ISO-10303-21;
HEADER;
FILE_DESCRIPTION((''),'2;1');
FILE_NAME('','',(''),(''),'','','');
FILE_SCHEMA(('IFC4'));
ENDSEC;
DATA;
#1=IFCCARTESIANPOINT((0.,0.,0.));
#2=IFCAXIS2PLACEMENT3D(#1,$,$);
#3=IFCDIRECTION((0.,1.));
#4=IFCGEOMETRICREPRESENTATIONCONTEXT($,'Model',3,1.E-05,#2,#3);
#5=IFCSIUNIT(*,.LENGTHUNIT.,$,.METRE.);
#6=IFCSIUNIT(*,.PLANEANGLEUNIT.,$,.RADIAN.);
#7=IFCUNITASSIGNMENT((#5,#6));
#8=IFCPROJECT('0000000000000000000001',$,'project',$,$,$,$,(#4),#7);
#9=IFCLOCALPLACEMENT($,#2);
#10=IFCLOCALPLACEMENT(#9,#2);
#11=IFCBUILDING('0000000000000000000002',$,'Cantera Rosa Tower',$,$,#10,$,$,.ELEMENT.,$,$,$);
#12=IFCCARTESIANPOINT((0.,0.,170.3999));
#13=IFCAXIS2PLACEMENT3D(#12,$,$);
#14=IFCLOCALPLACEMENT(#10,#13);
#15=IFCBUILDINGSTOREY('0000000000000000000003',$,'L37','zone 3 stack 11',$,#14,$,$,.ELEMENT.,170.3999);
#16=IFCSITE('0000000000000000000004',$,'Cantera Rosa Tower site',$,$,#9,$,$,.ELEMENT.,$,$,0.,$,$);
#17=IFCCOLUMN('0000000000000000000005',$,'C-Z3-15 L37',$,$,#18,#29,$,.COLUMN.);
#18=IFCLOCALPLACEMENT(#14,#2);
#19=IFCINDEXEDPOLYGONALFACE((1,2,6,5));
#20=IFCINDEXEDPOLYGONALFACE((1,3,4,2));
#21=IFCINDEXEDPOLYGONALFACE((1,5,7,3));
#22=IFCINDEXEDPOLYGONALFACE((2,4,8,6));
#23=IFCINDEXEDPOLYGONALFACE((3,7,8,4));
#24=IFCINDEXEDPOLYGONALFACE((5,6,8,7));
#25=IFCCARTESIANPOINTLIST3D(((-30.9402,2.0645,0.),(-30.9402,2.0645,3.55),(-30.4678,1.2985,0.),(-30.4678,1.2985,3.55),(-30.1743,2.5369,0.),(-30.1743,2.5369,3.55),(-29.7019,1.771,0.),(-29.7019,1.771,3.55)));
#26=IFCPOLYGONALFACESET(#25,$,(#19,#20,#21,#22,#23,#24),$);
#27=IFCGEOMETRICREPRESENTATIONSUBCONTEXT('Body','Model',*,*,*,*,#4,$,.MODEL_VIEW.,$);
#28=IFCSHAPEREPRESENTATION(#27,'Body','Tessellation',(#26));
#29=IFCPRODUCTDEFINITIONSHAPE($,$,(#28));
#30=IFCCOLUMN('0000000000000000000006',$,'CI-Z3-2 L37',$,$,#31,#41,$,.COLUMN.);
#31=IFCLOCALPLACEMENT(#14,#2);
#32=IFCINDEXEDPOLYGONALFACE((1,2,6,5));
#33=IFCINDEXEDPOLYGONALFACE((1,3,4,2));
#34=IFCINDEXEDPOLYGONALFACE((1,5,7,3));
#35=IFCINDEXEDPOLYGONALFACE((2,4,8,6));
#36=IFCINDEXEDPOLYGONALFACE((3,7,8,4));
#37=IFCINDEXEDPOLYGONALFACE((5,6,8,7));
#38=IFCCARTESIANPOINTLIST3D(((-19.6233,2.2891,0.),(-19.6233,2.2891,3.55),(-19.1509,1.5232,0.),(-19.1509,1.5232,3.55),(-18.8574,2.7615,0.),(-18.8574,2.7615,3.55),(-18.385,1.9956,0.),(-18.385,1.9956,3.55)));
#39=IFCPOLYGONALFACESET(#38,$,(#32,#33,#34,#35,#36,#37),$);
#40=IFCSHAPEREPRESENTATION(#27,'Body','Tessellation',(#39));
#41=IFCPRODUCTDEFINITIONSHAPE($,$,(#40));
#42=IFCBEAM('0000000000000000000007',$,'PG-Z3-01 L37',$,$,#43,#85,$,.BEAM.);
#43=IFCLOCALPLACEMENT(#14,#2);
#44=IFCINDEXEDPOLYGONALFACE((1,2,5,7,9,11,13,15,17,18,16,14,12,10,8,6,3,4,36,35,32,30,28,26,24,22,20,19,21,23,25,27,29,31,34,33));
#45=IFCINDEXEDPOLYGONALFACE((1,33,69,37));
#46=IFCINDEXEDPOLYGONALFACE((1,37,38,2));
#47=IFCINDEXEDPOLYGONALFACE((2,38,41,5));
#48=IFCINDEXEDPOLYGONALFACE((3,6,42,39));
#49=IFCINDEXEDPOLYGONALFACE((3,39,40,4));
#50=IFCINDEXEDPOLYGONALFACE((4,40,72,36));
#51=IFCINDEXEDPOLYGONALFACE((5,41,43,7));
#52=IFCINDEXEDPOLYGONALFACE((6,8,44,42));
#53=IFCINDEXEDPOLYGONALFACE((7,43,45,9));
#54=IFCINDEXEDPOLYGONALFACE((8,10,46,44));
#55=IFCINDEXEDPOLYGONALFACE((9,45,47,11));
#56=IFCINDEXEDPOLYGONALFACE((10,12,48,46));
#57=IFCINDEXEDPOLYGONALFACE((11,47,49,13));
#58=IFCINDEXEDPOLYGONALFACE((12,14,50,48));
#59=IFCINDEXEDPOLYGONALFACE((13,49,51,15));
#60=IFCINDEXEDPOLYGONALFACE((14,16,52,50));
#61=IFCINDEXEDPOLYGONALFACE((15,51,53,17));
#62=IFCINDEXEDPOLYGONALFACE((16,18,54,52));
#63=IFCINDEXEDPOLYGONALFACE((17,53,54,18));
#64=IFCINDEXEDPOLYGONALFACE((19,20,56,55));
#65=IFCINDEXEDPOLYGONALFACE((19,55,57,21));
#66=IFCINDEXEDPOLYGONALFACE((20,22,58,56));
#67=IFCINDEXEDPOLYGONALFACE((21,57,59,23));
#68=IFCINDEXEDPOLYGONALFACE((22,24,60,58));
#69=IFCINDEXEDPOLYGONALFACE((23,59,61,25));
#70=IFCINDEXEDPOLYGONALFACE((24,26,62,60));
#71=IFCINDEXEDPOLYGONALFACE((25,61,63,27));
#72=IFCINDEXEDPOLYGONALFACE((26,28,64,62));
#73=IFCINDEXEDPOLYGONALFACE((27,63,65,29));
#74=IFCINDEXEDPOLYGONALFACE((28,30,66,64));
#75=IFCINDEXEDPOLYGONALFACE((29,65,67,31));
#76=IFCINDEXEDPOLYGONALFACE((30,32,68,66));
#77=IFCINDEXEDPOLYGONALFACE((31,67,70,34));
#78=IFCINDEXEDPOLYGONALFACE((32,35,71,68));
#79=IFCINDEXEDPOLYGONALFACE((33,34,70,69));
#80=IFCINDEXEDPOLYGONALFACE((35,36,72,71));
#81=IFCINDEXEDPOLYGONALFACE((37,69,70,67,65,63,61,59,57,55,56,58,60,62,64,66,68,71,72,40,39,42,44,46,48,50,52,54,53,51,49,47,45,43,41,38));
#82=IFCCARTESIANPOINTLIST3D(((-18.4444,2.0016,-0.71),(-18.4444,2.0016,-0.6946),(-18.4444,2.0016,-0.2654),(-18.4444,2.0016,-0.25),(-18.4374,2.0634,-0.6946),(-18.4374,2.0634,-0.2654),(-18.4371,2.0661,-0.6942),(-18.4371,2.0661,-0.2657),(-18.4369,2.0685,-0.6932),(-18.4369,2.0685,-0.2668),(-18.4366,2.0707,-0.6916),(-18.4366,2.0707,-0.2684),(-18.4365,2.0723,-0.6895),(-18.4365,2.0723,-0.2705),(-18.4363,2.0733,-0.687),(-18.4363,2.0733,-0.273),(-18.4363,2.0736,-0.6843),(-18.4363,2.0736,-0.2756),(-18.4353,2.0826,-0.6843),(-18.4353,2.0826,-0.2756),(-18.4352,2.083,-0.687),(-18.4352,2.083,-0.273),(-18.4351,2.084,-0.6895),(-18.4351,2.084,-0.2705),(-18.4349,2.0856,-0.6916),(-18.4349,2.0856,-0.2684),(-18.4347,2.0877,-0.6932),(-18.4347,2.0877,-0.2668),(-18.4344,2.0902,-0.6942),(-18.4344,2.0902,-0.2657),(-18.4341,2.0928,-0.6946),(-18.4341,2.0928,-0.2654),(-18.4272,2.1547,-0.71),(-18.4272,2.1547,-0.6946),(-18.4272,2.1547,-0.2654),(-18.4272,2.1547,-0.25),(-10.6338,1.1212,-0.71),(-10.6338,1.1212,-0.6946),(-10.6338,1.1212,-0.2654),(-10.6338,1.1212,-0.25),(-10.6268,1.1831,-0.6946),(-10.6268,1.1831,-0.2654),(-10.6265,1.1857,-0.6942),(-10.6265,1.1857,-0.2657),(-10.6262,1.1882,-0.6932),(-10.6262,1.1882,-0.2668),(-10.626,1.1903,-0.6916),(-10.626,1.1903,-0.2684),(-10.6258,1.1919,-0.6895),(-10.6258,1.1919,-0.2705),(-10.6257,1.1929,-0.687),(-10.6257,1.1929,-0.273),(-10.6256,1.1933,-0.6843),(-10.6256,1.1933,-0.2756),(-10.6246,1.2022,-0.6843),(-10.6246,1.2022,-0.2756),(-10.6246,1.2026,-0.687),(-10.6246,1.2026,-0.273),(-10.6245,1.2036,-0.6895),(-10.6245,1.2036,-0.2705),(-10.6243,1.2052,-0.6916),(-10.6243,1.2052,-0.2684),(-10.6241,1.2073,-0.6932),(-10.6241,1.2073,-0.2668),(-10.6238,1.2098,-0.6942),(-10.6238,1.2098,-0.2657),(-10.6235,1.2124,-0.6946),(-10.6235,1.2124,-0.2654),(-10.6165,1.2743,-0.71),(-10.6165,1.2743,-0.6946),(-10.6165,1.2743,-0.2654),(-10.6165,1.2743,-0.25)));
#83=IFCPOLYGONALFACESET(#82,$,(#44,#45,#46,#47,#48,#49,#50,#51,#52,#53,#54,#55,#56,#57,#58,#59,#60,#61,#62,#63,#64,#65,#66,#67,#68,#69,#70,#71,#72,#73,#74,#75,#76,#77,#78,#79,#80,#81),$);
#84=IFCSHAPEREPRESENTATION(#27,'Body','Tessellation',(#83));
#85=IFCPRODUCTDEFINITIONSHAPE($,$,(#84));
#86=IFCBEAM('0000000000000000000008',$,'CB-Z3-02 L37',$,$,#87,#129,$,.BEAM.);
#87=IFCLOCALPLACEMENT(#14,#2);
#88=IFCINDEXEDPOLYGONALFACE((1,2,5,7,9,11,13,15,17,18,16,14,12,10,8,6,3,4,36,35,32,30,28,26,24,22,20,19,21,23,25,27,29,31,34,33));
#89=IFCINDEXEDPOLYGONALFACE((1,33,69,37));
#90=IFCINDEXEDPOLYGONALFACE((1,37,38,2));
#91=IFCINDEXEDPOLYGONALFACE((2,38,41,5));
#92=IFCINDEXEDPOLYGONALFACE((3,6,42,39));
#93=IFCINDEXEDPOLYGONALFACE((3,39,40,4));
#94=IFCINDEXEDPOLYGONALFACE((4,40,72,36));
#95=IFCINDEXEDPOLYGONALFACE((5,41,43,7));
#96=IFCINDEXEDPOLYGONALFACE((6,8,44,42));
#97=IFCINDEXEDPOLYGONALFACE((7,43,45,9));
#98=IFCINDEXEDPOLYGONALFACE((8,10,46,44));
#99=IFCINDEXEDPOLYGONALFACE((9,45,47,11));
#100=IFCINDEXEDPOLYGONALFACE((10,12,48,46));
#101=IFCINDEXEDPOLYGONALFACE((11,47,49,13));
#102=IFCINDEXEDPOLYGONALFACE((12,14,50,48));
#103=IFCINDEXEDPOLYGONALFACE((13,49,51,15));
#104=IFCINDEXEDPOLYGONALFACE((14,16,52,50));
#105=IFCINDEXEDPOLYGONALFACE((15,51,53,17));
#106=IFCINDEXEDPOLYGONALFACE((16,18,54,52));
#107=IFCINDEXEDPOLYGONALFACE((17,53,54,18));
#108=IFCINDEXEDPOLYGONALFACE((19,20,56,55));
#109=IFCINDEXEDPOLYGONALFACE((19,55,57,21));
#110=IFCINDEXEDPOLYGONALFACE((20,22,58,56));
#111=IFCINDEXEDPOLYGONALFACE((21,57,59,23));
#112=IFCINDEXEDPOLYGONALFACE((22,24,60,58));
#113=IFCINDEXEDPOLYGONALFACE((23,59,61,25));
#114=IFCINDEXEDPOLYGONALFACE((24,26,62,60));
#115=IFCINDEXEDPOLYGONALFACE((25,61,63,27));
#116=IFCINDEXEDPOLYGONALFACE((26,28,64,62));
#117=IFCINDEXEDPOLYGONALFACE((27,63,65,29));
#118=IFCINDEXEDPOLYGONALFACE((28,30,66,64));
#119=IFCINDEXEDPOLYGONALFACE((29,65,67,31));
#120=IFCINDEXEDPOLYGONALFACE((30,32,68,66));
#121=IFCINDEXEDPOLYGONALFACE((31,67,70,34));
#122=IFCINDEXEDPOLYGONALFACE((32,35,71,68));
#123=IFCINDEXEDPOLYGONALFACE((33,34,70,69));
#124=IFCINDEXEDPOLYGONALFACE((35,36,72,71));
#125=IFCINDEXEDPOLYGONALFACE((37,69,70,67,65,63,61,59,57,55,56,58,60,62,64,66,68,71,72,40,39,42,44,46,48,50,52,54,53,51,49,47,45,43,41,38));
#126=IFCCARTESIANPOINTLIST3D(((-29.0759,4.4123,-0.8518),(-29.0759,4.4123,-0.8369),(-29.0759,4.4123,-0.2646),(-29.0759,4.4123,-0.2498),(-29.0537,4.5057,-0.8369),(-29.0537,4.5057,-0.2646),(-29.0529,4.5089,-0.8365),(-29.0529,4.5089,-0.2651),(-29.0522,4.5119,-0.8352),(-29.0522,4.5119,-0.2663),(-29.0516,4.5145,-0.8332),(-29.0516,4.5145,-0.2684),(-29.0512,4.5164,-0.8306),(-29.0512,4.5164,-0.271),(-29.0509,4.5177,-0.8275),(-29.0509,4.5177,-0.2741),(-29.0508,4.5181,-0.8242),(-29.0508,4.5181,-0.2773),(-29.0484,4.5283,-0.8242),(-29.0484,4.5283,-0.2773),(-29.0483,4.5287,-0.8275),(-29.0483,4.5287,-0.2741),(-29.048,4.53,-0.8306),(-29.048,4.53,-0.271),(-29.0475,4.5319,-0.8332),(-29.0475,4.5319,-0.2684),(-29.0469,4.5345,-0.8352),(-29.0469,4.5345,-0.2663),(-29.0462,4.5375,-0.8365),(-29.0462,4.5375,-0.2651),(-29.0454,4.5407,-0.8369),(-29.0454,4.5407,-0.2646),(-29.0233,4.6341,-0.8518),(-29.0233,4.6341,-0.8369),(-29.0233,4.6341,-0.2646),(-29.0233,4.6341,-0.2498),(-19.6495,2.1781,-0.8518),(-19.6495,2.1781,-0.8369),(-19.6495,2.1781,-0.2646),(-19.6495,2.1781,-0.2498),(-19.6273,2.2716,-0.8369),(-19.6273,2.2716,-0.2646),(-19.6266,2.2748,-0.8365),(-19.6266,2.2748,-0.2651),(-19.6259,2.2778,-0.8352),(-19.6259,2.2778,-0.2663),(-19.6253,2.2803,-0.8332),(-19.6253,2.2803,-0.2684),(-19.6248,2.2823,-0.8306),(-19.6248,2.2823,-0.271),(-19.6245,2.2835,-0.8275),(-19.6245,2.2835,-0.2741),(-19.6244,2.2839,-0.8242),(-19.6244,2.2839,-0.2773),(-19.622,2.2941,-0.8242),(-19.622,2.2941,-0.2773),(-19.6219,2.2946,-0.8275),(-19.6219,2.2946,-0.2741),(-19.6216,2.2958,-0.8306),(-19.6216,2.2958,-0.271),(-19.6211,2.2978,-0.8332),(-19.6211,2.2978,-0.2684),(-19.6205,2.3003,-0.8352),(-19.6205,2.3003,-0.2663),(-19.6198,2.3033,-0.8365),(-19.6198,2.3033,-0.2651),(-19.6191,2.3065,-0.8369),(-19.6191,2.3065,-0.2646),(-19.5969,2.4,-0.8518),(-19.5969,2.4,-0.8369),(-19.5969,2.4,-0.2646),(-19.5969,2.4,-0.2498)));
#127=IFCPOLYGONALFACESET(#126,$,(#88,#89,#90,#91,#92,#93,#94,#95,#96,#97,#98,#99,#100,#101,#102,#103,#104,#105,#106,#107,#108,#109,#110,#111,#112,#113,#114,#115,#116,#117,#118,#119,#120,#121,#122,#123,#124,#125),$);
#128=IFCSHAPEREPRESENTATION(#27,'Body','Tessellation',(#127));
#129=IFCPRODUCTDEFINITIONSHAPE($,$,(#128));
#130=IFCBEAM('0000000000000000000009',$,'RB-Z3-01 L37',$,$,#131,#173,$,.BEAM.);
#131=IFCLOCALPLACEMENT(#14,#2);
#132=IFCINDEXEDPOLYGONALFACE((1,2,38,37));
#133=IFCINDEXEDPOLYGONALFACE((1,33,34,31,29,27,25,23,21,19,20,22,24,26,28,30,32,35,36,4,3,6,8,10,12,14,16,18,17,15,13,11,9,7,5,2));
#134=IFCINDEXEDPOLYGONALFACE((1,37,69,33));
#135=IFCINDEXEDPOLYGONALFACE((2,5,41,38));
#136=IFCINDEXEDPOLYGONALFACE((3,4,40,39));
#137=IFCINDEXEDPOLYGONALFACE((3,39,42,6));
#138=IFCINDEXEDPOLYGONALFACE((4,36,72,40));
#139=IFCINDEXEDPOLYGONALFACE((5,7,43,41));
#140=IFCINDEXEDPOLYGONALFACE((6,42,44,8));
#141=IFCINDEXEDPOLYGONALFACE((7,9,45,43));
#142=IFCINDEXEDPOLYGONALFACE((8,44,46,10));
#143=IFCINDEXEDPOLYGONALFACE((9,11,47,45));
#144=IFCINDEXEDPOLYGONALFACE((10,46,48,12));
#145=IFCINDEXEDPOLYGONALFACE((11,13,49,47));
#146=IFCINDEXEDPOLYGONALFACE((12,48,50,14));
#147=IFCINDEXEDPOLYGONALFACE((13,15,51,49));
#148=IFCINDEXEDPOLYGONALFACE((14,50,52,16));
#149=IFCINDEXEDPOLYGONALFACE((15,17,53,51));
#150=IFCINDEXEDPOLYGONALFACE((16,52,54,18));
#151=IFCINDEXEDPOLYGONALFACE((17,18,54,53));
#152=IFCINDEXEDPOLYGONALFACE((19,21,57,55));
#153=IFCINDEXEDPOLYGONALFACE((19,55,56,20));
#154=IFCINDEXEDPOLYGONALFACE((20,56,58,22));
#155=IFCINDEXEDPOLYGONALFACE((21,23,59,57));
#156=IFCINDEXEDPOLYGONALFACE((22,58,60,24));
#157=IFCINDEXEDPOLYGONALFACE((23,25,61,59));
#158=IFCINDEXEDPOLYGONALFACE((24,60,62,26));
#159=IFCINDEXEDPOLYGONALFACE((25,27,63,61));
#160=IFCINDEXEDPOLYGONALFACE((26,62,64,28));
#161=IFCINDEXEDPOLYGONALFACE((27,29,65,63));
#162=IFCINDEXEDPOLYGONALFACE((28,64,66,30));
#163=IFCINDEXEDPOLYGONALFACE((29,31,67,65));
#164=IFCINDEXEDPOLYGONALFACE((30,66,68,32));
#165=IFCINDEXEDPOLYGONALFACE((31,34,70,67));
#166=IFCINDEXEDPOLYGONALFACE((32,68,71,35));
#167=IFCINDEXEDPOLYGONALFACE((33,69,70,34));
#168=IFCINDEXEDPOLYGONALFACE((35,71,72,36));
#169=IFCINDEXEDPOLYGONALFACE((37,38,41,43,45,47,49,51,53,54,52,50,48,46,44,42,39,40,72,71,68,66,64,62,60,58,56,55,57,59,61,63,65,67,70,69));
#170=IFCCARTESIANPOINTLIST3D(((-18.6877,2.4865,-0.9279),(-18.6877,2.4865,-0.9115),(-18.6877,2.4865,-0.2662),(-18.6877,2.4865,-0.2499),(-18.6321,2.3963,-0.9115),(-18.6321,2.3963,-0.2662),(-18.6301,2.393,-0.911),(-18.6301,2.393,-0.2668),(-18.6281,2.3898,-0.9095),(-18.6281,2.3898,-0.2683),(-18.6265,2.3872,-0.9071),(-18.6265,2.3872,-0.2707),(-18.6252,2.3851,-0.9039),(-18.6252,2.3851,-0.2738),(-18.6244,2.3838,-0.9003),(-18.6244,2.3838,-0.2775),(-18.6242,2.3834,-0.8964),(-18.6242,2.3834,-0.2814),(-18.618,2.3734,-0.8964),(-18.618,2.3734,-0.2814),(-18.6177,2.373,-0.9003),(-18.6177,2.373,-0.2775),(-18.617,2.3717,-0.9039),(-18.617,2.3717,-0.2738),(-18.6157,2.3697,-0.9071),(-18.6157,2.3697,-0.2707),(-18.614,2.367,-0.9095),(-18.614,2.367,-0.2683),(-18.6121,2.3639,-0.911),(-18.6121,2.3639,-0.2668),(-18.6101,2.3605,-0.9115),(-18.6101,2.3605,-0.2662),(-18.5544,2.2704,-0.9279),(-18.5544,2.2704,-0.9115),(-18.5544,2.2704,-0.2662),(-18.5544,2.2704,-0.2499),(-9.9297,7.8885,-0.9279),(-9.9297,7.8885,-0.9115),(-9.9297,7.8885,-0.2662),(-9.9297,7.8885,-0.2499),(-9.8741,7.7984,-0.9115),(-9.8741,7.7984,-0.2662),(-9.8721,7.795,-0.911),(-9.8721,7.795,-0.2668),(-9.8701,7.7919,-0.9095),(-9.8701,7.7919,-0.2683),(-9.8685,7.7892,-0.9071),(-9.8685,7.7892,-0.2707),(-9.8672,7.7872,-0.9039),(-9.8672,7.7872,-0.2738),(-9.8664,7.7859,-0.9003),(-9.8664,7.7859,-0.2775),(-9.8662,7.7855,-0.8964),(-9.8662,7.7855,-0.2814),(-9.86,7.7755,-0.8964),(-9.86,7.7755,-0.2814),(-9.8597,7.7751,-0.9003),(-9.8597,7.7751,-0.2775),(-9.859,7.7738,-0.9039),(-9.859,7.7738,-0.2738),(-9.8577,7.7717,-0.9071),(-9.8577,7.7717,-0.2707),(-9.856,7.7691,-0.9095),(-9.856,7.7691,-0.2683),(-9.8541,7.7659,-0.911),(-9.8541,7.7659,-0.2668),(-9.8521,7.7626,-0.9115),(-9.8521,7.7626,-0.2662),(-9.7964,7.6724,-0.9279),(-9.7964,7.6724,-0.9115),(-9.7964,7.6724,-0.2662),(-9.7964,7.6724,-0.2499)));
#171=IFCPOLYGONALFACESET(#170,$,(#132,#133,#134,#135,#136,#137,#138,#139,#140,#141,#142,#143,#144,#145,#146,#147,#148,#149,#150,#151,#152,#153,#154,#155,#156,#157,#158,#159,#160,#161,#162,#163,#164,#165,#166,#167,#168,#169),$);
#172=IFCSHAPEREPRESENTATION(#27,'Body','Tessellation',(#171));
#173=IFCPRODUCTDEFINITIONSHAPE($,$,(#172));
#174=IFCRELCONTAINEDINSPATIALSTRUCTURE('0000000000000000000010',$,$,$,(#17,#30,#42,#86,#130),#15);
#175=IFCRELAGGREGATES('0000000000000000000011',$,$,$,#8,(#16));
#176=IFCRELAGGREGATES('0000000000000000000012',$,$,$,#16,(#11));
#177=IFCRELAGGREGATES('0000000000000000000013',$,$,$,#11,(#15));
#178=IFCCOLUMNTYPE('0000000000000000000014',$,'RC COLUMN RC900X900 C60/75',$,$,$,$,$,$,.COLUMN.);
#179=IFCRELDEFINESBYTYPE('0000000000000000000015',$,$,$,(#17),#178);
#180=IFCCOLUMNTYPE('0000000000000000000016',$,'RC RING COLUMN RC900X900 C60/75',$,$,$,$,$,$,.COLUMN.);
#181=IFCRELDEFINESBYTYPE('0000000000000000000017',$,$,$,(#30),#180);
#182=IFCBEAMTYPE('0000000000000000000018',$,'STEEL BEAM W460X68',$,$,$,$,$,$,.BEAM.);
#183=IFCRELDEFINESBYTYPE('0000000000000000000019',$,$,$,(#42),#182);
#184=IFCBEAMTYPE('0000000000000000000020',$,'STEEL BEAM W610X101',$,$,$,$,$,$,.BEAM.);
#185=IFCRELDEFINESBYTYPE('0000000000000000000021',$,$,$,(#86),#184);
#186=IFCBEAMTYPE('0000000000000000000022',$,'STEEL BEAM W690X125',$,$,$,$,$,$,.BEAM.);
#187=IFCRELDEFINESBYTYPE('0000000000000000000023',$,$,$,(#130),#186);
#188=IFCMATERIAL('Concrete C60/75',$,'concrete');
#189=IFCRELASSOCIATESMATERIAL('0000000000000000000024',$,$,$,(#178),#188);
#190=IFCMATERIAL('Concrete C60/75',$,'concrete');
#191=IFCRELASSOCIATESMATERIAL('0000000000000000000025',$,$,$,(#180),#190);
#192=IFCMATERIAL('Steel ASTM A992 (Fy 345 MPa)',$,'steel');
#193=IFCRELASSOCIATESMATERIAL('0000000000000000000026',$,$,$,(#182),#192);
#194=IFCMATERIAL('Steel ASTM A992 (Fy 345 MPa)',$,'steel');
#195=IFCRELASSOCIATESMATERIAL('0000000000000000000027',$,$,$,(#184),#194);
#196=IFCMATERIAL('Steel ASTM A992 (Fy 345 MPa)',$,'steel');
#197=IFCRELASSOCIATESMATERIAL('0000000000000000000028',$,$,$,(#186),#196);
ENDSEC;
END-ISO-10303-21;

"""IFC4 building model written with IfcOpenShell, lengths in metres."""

from ifc_helpers import new_model, si_unit, direction, frame, origin, origin_2d, place, context, subcontext, project, spatial, rectangle, i_section, extrude, material, material_profile, profile_set, type_object, element, save


model = new_model("IFC4")

# Units and contexts
model_context = context("Model", 3, precision=1e-05, world=origin(), true_north=direction((0.0, 1.0)))
body_context = subcontext(model_context, "Body", "Model", "MODEL_VIEW")
ifc_project = project(units=[si_unit("LENGTHUNIT", "METRE"), si_unit("PLANEANGLEUNIT", "RADIAN")], contexts=[model_context])

# Site, building, storey
site_placement = place(None, origin())
site = spatial("IfcSite", under=ifc_project, at=site_placement, Name="Cantera Rosa Tower site", CompositionType="ELEMENT", RefElevation=0.0)
building_placement = place(site_placement, origin())
building = spatial("IfcBuilding", under=site, at=building_placement, Name="Cantera Rosa Tower", CompositionType="ELEMENT")
storey_placement = place(building_placement, frame((0.0, 0.0, 170.3999)))
storey = spatial("IfcBuildingStorey", under=building, at=storey_placement, Name="L37", Description="zone 3 stack 11", CompositionType="ELEMENT", Elevation=170.3999)

# Columns
ifc_material_1 = material(Name="Concrete C60/75", Category="concrete")
ifc_material_profile_1 = material_profile(ifc_material_1, rectangle(XDim=0.8999, YDim=0.8999, at=origin_2d()), Name="RC COLUMN RC900X900 C60/75")
ifc_profile_set_1 = profile_set([ifc_material_profile_1], Name="Concrete C60/75")
column_type_1 = type_object("IfcColumnType", Name="RC COLUMN RC900X900 C60/75", PredefinedType="COLUMN", material=ifc_profile_set_1)
column_1_placement = place(storey_placement, frame((-30.321, 1.9177, 0.0), z_axis=(0.0, 0.0, 1.0), x_axis=(0.851117, 0.524977, 0.0)))
element("IfcColumn", 1, at=column_1_placement, inside=storey, type_object=column_type_1, Name="C-Z3-15 L37", PredefinedType="COLUMN", context=body_context, shape_type="SweptSolid", body=[
    extrude(rectangle(XDim=0.8999, YDim=0.8999, at=origin_2d()), origin(), (0.0, 0.0, 1.0), 3.55),
])
ifc_material_2 = material(Name="Concrete C60/75", Category="concrete")
ifc_material_profile_2 = material_profile(ifc_material_2, rectangle(XDim=0.8999, YDim=0.8999, at=origin_2d()), Name="RC RING COLUMN RC900X900 C60/75")
ifc_profile_set_2 = profile_set([ifc_material_profile_2], Name="Concrete C60/75")
column_type_2 = type_object("IfcColumnType", Name="RC RING COLUMN RC900X900 C60/75", PredefinedType="COLUMN", material=ifc_profile_set_2)
column_2_placement = place(storey_placement, frame((-19.0042, 2.1423, 0.0), z_axis=(0.0, 0.0, 1.0), x_axis=(0.851117, 0.524977, 0.0)))
element("IfcColumn", 2, at=column_2_placement, inside=storey, type_object=column_type_2, Name="CI-Z3-2 L37", PredefinedType="COLUMN", context=body_context, shape_type="SweptSolid", body=[
    extrude(rectangle(XDim=0.8999, YDim=0.8999, at=origin_2d()), origin(), (0.0, 0.0, 1.0), 3.55),
])

# Beams
ifc_material_3 = material(Name="Steel ASTM A992 (Fy 345 MPa)", Category="steel")
ifc_material_profile_3 = material_profile(ifc_material_3, i_section(OverallWidth=0.1541, OverallDepth=0.46, WebThickness=0.009, FlangeThickness=0.0154, FilletRadius=0.0103, at=origin_2d()), Name="W460X68")
ifc_profile_set_3 = profile_set([ifc_material_profile_3], Name="Steel ASTM A992 (Fy 345 MPa)")
beam_type_1 = type_object("IfcBeamType", Name="STEEL BEAM W460X68", PredefinedType="BEAM", material=ifc_profile_set_3)
beam_1_placement = place(storey_placement, frame((-18.4358, 2.0781, -0.48), z_axis=(0.993707, -0.112006, 0.0), x_axis=(0.112006, 0.993707, 0.0)))
element("IfcBeam", 3, at=beam_1_placement, inside=storey, type_object=beam_type_1, Name="PG-Z3-01 L37", PredefinedType="BEAM", context=body_context, shape_type="SweptSolid", body=[
    extrude(i_section(OverallWidth=0.1541, OverallDepth=0.46, WebThickness=0.009, FlangeThickness=0.0154, FilletRadius=0.0103, at=origin_2d()), origin(), (0.0, 0.0, 1.0), 7.8601),
])
ifc_material_4 = material(Name="Steel ASTM A992 (Fy 345 MPa)", Category="steel")
ifc_material_profile_4 = material_profile(ifc_material_4, i_section(OverallWidth=0.228, OverallDepth=0.6021, WebThickness=0.0105, FlangeThickness=0.0149, FilletRadius=0.0127, at=origin_2d()), Name="W610X101")
ifc_profile_set_4 = profile_set([ifc_material_profile_4], Name="Steel ASTM A992 (Fy 345 MPa)")
beam_type_2 = type_object("IfcBeamType", Name="STEEL BEAM W610X101", PredefinedType="BEAM", material=ifc_profile_set_4)
beam_2_placement = place(storey_placement, frame((-29.0496, 4.5232, -0.5508), z_axis=(0.973043, -0.230622, 0.0), x_axis=(0.230622, 0.973043, 0.0)))
element("IfcBeam", 4, at=beam_2_placement, inside=storey, type_object=beam_type_2, Name="CB-Z3-02 L37", PredefinedType="BEAM", context=body_context, shape_type="SweptSolid", body=[
    extrude(i_section(OverallWidth=0.228, OverallDepth=0.6021, WebThickness=0.0105, FlangeThickness=0.0149, FilletRadius=0.0127, at=origin_2d()), origin(), (0.0, 0.0, 1.0), 9.6875),
])
ifc_material_5 = material(Name="Steel ASTM A992 (Fy 345 MPa)", Category="steel")
ifc_material_profile_5 = material_profile(ifc_material_5, i_section(OverallWidth=0.2539, OverallDepth=0.678, WebThickness=0.0117, FlangeThickness=0.0164, FilletRadius=0.0151, at=origin_2d()), Name="W690X125")
ifc_profile_set_5 = profile_set([ifc_material_profile_5], Name="Steel ASTM A992 (Fy 345 MPa)")
beam_type_3 = type_object("IfcBeamType", Name="STEEL BEAM W690X125", PredefinedType="BEAM", material=ifc_profile_set_5)
beam_3_placement = place(storey_placement, frame((-18.6211, 2.3784, -0.5889), z_axis=(0.851115, 0.52498, 0.0), x_axis=(-0.52498, 0.851115, 0.0)))
element("IfcBeam", 5, at=beam_3_placement, inside=storey, type_object=beam_type_3, Name="RB-Z3-01 L37", PredefinedType="BEAM", context=body_context, shape_type="SweptSolid", body=[
    extrude(i_section(OverallWidth=0.2539, OverallDepth=0.678, WebThickness=0.0117, FlangeThickness=0.0164, FilletRadius=0.0151, at=origin_2d()), origin(), (0.0, 0.0, 1.0), 10.29),
])

save(model, "model.ifc")
